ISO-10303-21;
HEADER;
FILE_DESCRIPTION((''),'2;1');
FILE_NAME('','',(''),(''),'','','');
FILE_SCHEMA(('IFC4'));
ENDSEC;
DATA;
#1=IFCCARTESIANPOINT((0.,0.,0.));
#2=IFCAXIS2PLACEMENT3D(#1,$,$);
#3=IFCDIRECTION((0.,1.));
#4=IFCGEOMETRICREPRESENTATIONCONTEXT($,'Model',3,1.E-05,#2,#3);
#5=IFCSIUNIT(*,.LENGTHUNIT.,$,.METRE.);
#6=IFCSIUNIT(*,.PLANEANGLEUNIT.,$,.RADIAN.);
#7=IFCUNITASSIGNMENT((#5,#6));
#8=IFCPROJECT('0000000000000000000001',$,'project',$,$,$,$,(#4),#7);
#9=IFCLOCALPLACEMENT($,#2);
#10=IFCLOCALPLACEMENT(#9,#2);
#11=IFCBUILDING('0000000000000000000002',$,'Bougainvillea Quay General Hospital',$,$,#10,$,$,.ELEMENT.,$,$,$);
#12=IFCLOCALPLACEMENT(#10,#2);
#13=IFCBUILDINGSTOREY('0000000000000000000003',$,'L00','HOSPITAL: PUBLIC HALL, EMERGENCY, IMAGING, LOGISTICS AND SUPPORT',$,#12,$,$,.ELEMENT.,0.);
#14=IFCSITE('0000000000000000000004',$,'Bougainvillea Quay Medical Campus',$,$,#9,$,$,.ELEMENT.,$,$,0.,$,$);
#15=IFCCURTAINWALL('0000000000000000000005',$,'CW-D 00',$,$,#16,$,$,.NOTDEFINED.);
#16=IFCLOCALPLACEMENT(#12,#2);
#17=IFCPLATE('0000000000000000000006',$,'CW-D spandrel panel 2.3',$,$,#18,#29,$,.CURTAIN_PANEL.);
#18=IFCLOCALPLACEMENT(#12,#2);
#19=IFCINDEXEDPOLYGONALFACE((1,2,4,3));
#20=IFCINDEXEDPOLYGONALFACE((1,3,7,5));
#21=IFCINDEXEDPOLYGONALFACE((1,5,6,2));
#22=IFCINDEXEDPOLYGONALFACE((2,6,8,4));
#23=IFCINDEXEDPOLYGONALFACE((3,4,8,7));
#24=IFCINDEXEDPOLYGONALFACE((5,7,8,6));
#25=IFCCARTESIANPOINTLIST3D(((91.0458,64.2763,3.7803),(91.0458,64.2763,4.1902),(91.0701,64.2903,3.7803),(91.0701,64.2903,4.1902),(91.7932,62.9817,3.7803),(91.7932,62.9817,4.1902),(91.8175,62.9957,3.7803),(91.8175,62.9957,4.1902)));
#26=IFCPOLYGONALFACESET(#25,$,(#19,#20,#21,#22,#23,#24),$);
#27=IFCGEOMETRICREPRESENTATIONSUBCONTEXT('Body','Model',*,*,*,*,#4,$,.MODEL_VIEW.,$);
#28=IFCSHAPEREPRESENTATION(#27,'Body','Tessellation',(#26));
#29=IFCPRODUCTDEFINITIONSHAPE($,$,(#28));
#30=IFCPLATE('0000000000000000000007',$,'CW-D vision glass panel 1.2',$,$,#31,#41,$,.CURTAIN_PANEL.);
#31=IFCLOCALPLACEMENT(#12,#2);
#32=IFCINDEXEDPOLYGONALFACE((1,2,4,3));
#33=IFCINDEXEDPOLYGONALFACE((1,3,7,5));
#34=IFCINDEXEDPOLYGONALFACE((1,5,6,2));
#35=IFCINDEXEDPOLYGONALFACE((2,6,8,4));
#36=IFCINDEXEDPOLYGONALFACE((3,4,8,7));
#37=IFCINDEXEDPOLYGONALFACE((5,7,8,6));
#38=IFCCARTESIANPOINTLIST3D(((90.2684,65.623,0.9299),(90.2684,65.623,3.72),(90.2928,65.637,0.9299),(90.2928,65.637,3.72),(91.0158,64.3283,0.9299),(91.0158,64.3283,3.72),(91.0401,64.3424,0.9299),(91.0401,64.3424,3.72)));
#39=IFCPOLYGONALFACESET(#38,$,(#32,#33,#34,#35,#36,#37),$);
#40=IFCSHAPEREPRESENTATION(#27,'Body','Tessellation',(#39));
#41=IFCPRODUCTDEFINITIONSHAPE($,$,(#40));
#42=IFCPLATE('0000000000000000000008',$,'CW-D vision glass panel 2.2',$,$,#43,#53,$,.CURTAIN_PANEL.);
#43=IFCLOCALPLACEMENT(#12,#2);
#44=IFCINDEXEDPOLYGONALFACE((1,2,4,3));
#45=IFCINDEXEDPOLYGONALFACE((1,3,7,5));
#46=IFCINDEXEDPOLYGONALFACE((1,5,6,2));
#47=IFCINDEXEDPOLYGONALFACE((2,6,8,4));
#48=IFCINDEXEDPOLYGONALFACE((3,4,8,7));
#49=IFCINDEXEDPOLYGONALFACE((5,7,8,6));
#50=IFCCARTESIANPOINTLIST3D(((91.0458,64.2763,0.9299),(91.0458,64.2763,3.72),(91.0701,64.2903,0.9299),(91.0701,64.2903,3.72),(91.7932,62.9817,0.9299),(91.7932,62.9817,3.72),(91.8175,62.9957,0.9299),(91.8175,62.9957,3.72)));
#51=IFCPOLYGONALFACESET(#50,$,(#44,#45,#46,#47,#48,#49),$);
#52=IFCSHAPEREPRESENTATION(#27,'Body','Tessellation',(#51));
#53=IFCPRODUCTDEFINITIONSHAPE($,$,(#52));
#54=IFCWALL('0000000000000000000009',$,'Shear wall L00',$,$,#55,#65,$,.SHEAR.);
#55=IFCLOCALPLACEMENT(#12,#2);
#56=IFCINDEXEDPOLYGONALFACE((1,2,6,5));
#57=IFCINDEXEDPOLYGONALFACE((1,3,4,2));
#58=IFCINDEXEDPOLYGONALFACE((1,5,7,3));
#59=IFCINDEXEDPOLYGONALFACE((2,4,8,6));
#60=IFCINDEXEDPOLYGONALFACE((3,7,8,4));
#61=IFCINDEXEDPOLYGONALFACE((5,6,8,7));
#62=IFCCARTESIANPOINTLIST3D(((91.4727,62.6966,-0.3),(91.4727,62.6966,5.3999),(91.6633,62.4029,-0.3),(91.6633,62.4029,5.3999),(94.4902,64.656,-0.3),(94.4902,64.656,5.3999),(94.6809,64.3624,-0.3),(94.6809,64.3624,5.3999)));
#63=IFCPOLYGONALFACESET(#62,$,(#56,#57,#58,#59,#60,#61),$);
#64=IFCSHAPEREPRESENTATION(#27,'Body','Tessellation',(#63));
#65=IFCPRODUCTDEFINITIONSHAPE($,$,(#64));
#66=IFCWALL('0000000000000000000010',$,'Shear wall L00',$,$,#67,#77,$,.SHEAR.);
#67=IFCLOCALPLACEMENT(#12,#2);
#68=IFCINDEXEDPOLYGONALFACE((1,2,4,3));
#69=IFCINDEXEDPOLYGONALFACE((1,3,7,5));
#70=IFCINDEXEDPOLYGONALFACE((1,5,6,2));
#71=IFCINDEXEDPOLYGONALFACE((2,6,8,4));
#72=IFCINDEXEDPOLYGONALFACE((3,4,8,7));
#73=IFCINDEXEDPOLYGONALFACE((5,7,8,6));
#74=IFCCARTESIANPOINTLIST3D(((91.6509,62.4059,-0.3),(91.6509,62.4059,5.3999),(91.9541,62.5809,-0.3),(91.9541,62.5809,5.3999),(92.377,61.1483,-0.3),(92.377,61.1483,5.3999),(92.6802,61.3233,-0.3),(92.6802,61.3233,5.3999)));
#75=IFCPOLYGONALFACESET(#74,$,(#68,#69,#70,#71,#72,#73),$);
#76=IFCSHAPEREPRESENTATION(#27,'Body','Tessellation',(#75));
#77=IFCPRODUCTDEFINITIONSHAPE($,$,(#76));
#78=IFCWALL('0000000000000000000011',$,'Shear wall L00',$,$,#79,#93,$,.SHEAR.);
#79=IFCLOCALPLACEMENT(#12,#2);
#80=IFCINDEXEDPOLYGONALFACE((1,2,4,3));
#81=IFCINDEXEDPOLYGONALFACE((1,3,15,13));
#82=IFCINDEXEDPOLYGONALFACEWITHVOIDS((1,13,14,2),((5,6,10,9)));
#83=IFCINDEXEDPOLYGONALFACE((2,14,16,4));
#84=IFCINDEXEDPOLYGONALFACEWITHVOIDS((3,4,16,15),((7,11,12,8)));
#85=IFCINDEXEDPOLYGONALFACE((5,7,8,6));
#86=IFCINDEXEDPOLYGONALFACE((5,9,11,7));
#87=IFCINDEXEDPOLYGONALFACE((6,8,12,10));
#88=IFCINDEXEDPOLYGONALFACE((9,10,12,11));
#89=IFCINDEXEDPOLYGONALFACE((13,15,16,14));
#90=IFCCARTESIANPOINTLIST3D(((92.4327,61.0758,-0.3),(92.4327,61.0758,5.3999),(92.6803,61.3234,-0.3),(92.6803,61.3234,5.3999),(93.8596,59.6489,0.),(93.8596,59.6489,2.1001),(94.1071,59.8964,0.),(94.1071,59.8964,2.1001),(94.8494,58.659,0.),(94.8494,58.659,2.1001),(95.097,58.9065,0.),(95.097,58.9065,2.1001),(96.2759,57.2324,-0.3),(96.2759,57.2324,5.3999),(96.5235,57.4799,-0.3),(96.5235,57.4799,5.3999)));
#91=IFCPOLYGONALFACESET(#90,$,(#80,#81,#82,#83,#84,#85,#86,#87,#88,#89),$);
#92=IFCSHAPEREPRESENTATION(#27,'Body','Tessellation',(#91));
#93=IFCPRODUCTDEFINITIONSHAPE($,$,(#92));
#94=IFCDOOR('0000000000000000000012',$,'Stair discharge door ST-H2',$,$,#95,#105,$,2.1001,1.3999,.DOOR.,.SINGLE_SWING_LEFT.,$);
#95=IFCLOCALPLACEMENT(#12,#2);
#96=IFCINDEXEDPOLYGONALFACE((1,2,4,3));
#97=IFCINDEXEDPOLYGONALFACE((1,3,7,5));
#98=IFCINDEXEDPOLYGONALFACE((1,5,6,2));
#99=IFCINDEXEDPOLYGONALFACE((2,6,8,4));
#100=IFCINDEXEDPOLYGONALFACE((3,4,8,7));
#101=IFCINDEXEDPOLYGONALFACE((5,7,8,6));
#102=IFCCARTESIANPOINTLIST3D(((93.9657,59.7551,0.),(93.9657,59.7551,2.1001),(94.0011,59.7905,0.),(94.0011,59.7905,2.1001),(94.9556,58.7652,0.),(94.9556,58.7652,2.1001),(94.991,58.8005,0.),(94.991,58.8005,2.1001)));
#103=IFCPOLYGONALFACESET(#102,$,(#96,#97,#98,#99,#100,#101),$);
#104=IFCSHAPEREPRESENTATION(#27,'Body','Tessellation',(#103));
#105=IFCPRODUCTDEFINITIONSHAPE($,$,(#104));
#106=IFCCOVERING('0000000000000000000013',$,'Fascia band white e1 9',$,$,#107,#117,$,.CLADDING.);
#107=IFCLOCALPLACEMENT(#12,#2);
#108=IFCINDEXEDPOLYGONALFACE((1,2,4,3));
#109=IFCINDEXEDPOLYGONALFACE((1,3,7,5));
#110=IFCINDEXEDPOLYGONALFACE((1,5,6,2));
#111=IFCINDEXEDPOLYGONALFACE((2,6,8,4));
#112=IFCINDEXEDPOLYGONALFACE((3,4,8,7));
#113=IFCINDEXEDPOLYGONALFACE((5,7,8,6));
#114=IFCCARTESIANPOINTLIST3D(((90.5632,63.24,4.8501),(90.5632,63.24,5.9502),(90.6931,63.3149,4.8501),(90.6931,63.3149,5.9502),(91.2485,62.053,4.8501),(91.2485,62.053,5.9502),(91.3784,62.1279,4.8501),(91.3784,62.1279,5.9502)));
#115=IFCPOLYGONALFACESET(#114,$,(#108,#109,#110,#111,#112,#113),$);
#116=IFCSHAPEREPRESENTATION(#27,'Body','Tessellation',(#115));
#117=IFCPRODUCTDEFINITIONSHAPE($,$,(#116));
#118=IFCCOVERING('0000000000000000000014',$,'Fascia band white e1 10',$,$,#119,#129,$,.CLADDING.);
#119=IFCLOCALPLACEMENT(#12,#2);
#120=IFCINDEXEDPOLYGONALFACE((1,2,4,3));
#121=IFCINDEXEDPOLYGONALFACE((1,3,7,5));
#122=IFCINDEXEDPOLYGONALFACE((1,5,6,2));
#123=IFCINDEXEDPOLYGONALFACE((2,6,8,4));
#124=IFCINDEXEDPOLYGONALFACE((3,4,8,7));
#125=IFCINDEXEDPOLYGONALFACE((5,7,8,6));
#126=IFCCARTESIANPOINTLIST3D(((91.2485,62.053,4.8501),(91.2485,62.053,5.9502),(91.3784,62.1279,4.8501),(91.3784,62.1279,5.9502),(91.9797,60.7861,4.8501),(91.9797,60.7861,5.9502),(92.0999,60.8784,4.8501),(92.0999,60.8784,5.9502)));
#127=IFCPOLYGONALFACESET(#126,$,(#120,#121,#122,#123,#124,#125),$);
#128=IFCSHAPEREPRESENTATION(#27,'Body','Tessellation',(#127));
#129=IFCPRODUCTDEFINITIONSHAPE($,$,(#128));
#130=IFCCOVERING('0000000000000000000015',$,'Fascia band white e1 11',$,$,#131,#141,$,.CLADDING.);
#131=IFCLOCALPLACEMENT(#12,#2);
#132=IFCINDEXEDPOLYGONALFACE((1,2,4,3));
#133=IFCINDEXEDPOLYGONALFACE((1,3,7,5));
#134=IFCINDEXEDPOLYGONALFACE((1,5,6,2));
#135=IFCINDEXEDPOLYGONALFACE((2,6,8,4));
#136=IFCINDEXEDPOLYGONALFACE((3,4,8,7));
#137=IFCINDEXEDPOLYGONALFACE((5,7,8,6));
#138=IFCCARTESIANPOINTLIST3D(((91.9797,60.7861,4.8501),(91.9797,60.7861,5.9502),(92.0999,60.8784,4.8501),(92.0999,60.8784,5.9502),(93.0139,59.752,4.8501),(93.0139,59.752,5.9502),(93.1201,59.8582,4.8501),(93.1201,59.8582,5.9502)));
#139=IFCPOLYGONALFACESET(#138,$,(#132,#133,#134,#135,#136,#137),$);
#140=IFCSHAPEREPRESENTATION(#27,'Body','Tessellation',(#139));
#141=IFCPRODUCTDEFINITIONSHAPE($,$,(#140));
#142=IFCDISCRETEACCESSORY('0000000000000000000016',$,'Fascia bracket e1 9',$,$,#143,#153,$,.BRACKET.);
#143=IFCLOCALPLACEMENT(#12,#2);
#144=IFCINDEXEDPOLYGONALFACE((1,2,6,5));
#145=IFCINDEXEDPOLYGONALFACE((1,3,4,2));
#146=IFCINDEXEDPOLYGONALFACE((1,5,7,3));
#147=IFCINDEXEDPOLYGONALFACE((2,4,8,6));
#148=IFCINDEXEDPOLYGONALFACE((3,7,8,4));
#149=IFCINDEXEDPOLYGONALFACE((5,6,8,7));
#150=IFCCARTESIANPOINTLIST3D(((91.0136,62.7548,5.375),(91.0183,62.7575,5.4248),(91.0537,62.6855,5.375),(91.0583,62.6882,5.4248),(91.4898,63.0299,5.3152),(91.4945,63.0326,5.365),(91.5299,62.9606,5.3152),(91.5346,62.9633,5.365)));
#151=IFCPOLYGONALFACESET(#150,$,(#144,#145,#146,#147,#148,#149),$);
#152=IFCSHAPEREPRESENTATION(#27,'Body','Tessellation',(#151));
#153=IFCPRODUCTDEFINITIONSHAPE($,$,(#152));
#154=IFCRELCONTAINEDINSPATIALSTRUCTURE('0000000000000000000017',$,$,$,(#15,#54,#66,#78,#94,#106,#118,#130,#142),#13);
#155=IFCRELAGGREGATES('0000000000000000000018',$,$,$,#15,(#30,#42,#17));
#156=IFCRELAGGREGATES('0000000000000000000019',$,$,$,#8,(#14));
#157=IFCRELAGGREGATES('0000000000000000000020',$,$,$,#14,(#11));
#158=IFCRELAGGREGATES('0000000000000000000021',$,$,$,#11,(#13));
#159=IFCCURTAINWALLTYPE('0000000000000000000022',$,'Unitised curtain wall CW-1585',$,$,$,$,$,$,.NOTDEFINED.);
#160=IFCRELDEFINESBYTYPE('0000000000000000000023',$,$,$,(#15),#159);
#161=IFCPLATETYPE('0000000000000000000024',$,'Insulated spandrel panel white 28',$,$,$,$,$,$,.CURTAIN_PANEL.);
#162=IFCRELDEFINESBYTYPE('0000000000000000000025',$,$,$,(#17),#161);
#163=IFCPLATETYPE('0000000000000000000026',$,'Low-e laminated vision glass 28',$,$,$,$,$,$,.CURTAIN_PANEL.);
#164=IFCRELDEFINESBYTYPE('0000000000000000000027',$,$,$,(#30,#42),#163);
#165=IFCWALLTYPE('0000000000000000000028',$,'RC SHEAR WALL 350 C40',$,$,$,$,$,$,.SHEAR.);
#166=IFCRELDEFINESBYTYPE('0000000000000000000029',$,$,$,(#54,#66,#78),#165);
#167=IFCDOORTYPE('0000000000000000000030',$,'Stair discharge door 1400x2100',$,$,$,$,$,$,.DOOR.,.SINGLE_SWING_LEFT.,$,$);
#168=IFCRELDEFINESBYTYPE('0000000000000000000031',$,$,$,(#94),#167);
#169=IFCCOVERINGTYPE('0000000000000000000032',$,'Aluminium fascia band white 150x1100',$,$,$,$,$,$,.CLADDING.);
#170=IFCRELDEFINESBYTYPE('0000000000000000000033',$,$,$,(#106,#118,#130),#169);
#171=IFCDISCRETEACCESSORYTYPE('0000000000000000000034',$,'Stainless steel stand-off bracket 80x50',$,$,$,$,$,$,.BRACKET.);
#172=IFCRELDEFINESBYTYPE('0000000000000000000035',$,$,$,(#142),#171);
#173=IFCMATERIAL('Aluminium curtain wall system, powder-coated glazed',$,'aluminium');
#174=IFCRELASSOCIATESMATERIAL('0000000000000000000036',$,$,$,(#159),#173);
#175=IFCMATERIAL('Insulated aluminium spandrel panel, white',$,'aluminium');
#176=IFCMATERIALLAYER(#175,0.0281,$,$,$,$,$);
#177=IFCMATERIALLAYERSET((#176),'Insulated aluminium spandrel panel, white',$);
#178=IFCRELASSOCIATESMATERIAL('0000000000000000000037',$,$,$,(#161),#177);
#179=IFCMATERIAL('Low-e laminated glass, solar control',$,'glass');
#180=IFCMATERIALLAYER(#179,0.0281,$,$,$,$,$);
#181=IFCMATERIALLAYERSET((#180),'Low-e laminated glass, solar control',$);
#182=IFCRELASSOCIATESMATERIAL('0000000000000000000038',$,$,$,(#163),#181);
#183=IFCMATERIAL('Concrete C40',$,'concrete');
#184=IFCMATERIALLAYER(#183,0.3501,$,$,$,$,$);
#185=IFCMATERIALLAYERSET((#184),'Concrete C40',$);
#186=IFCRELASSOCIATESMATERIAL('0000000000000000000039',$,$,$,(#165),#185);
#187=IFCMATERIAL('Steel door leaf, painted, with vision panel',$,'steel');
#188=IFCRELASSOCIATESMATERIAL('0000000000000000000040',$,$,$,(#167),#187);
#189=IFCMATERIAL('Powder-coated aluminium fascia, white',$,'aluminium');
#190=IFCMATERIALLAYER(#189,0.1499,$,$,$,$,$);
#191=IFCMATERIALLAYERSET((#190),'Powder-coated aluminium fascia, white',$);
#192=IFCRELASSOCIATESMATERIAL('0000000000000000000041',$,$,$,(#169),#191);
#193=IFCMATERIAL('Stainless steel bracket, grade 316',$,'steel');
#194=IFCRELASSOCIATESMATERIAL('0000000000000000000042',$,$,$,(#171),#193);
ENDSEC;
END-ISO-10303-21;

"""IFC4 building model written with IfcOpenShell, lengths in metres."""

from ifc_helpers import new_model, si_unit, direction, frame, frame_2d, origin, origin_2d, place, context, subcontext, project, spatial, polyline, rectangle, outline, extrude, material, layer, layer_set, material_profile, profile_set, type_object, element, fill, aggregate, save


model = new_model("IFC4")

# Units and contexts
model_context = context("Model", 3, precision=1e-05, world=origin(), true_north=direction((0.0, 1.0)))
body_context = subcontext(model_context, "Body", "Model", "MODEL_VIEW")
ifc_project = project(units=[si_unit("LENGTHUNIT", "METRE"), si_unit("PLANEANGLEUNIT", "RADIAN")], contexts=[model_context])

# Site, building, storey
site_placement = place(None, origin())
site = spatial("IfcSite", under=ifc_project, at=site_placement, Name="Bougainvillea Quay Medical Campus", CompositionType="ELEMENT", RefElevation=0.0)
building_placement = place(site_placement, origin())
building = spatial("IfcBuilding", under=site, at=building_placement, Name="Bougainvillea Quay General Hospital", CompositionType="ELEMENT")
storey_placement = place(building_placement, origin())
storey = spatial("IfcBuildingStorey", under=building, at=storey_placement, Name="L00", Description="HOSPITAL: PUBLIC HALL, EMERGENCY, IMAGING, LOGISTICS AND SUPPORT", CompositionType="ELEMENT", Elevation=0.0)

# Curtain wall, plates
ifc_material_1 = material(Name="Aluminium curtain wall system, powder-coated glazed", Category="aluminium")
curtain_wall_type = type_object("IfcCurtainWallType", Name="Unitised curtain wall CW-1585", PredefinedType="NOTDEFINED", material=ifc_material_1)
curtain_wall_placement = place(storey_placement, origin())
curtain_wall = element("IfcCurtainWall", 1, at=curtain_wall_placement, inside=storey, type_object=curtain_wall_type, Name="CW-D 00", PredefinedType="NOTDEFINED")
ifc_material_2 = material(Name="Insulated aluminium spandrel panel, white", Category="aluminium")
ifc_layer_1 = layer(ifc_material_2, 0.0281)
ifc_layer_set_1 = layer_set([ifc_layer_1], Name="Insulated aluminium spandrel panel, white")
plate_type_1 = type_object("IfcPlateType", Name="Insulated spandrel panel white 28", PredefinedType="CURTAIN_PANEL", material=ifc_layer_set_1)
plate_1_placement = place(storey_placement, frame((91.4316, 63.636, 3.7803), z_axis=(0.0, 0.0, 1.0), x_axis=(0.499965, -0.866046, 0.0)))
plate_1 = element("IfcPlate", 2, at=plate_1_placement, type_object=plate_type_1, Name="CW-D spandrel panel 2.3", PredefinedType="CURTAIN_PANEL", context=body_context, shape_type="SweptSolid", body=[
    extrude(rectangle(XDim=1.4949, YDim=0.0281, at=origin_2d()), origin(), (0.0, 0.0, 1.0), 0.4099),
])
ifc_material_3 = material(Name="Low-e laminated glass, solar control", Category="glass")
ifc_layer_2 = layer(ifc_material_3, 0.0281)
ifc_layer_set_2 = layer_set([ifc_layer_2], Name="Low-e laminated glass, solar control")
plate_type_2 = type_object("IfcPlateType", Name="Low-e laminated vision glass 28", PredefinedType="CURTAIN_PANEL", material=ifc_layer_set_2)
plate_2_placement = place(storey_placement, frame((90.6543, 64.9827, 0.9299), z_axis=(0.0, 0.0, 1.0), x_axis=(0.499965, -0.866046, 0.0)))
plate_2 = element("IfcPlate", 3, at=plate_2_placement, type_object=plate_type_2, Name="CW-D vision glass panel 1.2", PredefinedType="CURTAIN_PANEL", context=body_context, shape_type="SweptSolid", body=[
    extrude(rectangle(XDim=1.4949, YDim=0.0281, at=origin_2d()), origin(), (0.0, 0.0, 1.0), 2.79),
])
plate_3_placement = place(storey_placement, frame((91.4316, 63.636, 0.9299), z_axis=(0.0, 0.0, 1.0), x_axis=(0.499965, -0.866046, 0.0)))
plate_3 = element("IfcPlate", 4, at=plate_3_placement, type_object=plate_type_2, Name="CW-D vision glass panel 2.2", PredefinedType="CURTAIN_PANEL", context=body_context, shape_type="SweptSolid", body=[
    extrude(rectangle(XDim=1.4949, YDim=0.0281, at=origin_2d()), origin(), (0.0, 0.0, 1.0), 2.79),
])
aggregate(curtain_wall, [plate_2, plate_3, plate_1])

# Walls
ifc_material_4 = material(Name="Concrete C40", Category="concrete")
ifc_layer_3 = layer(ifc_material_4, 0.3501)
ifc_layer_set_3 = layer_set([ifc_layer_3], Name="Concrete C40")
wall_type = type_object("IfcWallType", Name="RC SHEAR WALL 350 C40", PredefinedType="SHEAR", material=ifc_layer_set_3)
wall_1_placement = place(storey_placement, frame((91.5681, 62.5498, -0.3), z_axis=(0.0, 0.0, 1.0), x_axis=(0.838692, 0.544607, 0.0)))
element("IfcWall", 5, at=wall_1_placement, inside=storey, type_object=wall_type, Name="Shear wall L00", PredefinedType="SHEAR", context=body_context, shape_type="SweptSolid", body=[
    extrude(rectangle(XDim=3.5979, YDim=0.3501, at=frame_2d((1.7988, 0.0))), origin(), (0.0, 0.0, 1.0), 5.7),
])
wall_2_placement = place(storey_placement, frame((91.8025, 62.4934, -0.3), z_axis=(0.0, 0.0, 1.0), x_axis=(0.500009, -0.86602, 0.0)))
element("IfcWall", 6, at=wall_2_placement, inside=storey, type_object=wall_type, Name="Shear wall L00", PredefinedType="SHEAR", context=body_context, shape_type="SweptSolid", body=[
    extrude(rectangle(XDim=1.4521, YDim=0.3501, at=frame_2d((0.7261, 0.0))), origin(), (0.0, 0.0, 1.0), 5.7),
])

# Wall, opening, door
wall_3_placement = place(storey_placement, frame((92.5564, 61.1997, -0.3), z_axis=(0.0, 0.0, 1.0), x_axis=(0.707084, -0.707129, 0.0)))
wall_3 = element("IfcWall", 7, at=wall_3_placement, inside=storey, type_object=wall_type, Name="Shear wall L00", PredefinedType="SHEAR", context=body_context, shape_type="SweptSolid", body=[
    extrude(rectangle(XDim=5.4353, YDim=0.3501, at=frame_2d((2.7178, 0.0))), origin(), (0.0, 0.0, 1.0), 5.7),
])
opening_placement = place(wall_3_placement, frame((2.0181, 0.0, 0.3)))
opening = element("IfcOpeningElement", 8, at=opening_placement, cuts=wall_3, PredefinedType="OPENING", context=body_context, shape_type="SweptSolid", body=[
    extrude(rectangle(XDim=1.3999, YDim=2.1001, at=frame_2d((0.7, 1.05))), frame((0.0, 0.1851, 0.0), z_axis=(0.0, -1.0, 0.0), x_axis=(1.0, 0.0, 0.0)), (0.0, 0.0, 1.0), 0.3701),
])
ifc_material_5 = material(Name="Steel door leaf, painted, with vision panel", Category="steel")
door_type = type_object("IfcDoorType", Name="Stair discharge door 1400x2100", OperationType="SINGLE_SWING_LEFT", PredefinedType="DOOR", material=ifc_material_5)
door_placement = place(opening_placement, frame((1.3999, 0.0, 0.0), z_axis=(0.0, 0.0, 1.0), x_axis=(-1.0, 0.0, 0.0)))
door = element("IfcDoor", 9, at=door_placement, inside=storey, type_object=door_type, Name="Stair discharge door ST-H2", OperationType="SINGLE_SWING_LEFT", OverallHeight=2.1001, OverallWidth=1.3999, PredefinedType="DOOR", context=body_context, shape_type="SweptSolid", body=[
    extrude(rectangle(XDim=1.3999, YDim=2.1001, at=frame_2d((0.7, 1.05))), frame((0.0, 0.0249, 0.0), z_axis=(0.0, -1.0, 0.0), x_axis=(1.0, 0.0, 0.0)), (0.0, 0.0, 1.0), 0.05),
])
fill(opening, door)

# Coverings
ifc_material_6 = material(Name="Powder-coated aluminium fascia, white", Category="aluminium")
ifc_layer_4 = layer(ifc_material_6, 0.1499)
ifc_layer_set_4 = layer_set([ifc_layer_4], Name="Powder-coated aluminium fascia, white")
covering_type = type_object("IfcCoveringType", Name="Aluminium fascia band white 150x1100", PredefinedType="CLADDING", material=ifc_layer_set_4)
covering_1_placement = place(storey_placement, frame((90.6931, 63.3149, 4.8501), z_axis=(0.0, 0.0, 1.0), x_axis=(0.49999, -0.866031, 0.0)))
element("IfcCovering", 10, at=covering_1_placement, inside=storey, type_object=covering_type, Name="Fascia band white e1 9", PredefinedType="CLADDING", context=body_context, shape_type="SweptSolid", body=[
    extrude(outline(polyline([(0.0, 0.0), (1.3706, 0.0), (1.3706, -0.15), (0.0, -0.15), (0.0, 0.0)])), origin(), (0.0, 0.0, 1.0), 1.1001),
])
covering_2_placement = place(storey_placement, frame((91.3784, 62.1279, 4.8501), z_axis=(0.0, 0.0, 1.0), x_axis=(0.500015, -0.866017, 0.0)))
element("IfcCovering", 11, at=covering_2_placement, inside=storey, type_object=covering_type, Name="Fascia band white e1 10", PredefinedType="CLADDING", context=body_context, shape_type="SweptSolid", body=[
    extrude(outline(polyline([(0.0, 0.0), (1.4428, 0.0), (1.4627, -0.1502), (0.0, -0.15), (0.0, 0.0)])), origin(), (0.0, 0.0, 1.0), 1.1001),
])
covering_3_placement = place(storey_placement, frame((92.0999, 60.8784, 4.8501), z_axis=(0.0, 0.0, 1.0), x_axis=(0.707107, -0.707107, 0.0)))
element("IfcCovering", 12, at=covering_3_placement, inside=storey, type_object=covering_type, Name="Fascia band white e1 11", PredefinedType="CLADDING", context=body_context, shape_type="SweptSolid", body=[
    extrude(outline(polyline([(0.0, 0.0), (1.4429, 0.0), (1.4429, -0.1502), (-0.0197, -0.1502), (0.0, 0.0)])), origin(), (0.0, 0.0, 1.0), 1.1001),
])

# Discrete accessory
ifc_material_7 = material(Name="Stainless steel bracket, grade 316", Category="steel")
ifc_material_profile_1 = material_profile(ifc_material_7, rectangle(XDim=0.0801, YDim=0.05, at=origin_2d()))
ifc_profile_set_1 = profile_set([ifc_material_profile_1], Name="Stainless steel bracket, grade 316")
discrete_accessory_type = type_object("IfcDiscreteAccessoryType", Name="Stainless steel stand-off bracket 80x50", PredefinedType="BRACKET", material=ifc_profile_set_1)
discrete_accessory_placement = place(storey_placement, frame((91.5122, 62.9966, 5.3401), z_axis=(-0.860838, -0.497265, 0.108101), x_axis=(0.500196, -0.865912, 0.0)))
element("IfcDiscreteAccessory", 13, at=discrete_accessory_placement, inside=storey, type_object=discrete_accessory_type, Name="Fascia bracket e1 9", PredefinedType="BRACKET", context=body_context, shape_type="SweptSolid", body=[
    extrude(rectangle(XDim=0.0801, YDim=0.05, at=origin_2d()), origin(), (0.0, 0.0, 1.0), 0.5532),
])

save(model, "model.ifc")
